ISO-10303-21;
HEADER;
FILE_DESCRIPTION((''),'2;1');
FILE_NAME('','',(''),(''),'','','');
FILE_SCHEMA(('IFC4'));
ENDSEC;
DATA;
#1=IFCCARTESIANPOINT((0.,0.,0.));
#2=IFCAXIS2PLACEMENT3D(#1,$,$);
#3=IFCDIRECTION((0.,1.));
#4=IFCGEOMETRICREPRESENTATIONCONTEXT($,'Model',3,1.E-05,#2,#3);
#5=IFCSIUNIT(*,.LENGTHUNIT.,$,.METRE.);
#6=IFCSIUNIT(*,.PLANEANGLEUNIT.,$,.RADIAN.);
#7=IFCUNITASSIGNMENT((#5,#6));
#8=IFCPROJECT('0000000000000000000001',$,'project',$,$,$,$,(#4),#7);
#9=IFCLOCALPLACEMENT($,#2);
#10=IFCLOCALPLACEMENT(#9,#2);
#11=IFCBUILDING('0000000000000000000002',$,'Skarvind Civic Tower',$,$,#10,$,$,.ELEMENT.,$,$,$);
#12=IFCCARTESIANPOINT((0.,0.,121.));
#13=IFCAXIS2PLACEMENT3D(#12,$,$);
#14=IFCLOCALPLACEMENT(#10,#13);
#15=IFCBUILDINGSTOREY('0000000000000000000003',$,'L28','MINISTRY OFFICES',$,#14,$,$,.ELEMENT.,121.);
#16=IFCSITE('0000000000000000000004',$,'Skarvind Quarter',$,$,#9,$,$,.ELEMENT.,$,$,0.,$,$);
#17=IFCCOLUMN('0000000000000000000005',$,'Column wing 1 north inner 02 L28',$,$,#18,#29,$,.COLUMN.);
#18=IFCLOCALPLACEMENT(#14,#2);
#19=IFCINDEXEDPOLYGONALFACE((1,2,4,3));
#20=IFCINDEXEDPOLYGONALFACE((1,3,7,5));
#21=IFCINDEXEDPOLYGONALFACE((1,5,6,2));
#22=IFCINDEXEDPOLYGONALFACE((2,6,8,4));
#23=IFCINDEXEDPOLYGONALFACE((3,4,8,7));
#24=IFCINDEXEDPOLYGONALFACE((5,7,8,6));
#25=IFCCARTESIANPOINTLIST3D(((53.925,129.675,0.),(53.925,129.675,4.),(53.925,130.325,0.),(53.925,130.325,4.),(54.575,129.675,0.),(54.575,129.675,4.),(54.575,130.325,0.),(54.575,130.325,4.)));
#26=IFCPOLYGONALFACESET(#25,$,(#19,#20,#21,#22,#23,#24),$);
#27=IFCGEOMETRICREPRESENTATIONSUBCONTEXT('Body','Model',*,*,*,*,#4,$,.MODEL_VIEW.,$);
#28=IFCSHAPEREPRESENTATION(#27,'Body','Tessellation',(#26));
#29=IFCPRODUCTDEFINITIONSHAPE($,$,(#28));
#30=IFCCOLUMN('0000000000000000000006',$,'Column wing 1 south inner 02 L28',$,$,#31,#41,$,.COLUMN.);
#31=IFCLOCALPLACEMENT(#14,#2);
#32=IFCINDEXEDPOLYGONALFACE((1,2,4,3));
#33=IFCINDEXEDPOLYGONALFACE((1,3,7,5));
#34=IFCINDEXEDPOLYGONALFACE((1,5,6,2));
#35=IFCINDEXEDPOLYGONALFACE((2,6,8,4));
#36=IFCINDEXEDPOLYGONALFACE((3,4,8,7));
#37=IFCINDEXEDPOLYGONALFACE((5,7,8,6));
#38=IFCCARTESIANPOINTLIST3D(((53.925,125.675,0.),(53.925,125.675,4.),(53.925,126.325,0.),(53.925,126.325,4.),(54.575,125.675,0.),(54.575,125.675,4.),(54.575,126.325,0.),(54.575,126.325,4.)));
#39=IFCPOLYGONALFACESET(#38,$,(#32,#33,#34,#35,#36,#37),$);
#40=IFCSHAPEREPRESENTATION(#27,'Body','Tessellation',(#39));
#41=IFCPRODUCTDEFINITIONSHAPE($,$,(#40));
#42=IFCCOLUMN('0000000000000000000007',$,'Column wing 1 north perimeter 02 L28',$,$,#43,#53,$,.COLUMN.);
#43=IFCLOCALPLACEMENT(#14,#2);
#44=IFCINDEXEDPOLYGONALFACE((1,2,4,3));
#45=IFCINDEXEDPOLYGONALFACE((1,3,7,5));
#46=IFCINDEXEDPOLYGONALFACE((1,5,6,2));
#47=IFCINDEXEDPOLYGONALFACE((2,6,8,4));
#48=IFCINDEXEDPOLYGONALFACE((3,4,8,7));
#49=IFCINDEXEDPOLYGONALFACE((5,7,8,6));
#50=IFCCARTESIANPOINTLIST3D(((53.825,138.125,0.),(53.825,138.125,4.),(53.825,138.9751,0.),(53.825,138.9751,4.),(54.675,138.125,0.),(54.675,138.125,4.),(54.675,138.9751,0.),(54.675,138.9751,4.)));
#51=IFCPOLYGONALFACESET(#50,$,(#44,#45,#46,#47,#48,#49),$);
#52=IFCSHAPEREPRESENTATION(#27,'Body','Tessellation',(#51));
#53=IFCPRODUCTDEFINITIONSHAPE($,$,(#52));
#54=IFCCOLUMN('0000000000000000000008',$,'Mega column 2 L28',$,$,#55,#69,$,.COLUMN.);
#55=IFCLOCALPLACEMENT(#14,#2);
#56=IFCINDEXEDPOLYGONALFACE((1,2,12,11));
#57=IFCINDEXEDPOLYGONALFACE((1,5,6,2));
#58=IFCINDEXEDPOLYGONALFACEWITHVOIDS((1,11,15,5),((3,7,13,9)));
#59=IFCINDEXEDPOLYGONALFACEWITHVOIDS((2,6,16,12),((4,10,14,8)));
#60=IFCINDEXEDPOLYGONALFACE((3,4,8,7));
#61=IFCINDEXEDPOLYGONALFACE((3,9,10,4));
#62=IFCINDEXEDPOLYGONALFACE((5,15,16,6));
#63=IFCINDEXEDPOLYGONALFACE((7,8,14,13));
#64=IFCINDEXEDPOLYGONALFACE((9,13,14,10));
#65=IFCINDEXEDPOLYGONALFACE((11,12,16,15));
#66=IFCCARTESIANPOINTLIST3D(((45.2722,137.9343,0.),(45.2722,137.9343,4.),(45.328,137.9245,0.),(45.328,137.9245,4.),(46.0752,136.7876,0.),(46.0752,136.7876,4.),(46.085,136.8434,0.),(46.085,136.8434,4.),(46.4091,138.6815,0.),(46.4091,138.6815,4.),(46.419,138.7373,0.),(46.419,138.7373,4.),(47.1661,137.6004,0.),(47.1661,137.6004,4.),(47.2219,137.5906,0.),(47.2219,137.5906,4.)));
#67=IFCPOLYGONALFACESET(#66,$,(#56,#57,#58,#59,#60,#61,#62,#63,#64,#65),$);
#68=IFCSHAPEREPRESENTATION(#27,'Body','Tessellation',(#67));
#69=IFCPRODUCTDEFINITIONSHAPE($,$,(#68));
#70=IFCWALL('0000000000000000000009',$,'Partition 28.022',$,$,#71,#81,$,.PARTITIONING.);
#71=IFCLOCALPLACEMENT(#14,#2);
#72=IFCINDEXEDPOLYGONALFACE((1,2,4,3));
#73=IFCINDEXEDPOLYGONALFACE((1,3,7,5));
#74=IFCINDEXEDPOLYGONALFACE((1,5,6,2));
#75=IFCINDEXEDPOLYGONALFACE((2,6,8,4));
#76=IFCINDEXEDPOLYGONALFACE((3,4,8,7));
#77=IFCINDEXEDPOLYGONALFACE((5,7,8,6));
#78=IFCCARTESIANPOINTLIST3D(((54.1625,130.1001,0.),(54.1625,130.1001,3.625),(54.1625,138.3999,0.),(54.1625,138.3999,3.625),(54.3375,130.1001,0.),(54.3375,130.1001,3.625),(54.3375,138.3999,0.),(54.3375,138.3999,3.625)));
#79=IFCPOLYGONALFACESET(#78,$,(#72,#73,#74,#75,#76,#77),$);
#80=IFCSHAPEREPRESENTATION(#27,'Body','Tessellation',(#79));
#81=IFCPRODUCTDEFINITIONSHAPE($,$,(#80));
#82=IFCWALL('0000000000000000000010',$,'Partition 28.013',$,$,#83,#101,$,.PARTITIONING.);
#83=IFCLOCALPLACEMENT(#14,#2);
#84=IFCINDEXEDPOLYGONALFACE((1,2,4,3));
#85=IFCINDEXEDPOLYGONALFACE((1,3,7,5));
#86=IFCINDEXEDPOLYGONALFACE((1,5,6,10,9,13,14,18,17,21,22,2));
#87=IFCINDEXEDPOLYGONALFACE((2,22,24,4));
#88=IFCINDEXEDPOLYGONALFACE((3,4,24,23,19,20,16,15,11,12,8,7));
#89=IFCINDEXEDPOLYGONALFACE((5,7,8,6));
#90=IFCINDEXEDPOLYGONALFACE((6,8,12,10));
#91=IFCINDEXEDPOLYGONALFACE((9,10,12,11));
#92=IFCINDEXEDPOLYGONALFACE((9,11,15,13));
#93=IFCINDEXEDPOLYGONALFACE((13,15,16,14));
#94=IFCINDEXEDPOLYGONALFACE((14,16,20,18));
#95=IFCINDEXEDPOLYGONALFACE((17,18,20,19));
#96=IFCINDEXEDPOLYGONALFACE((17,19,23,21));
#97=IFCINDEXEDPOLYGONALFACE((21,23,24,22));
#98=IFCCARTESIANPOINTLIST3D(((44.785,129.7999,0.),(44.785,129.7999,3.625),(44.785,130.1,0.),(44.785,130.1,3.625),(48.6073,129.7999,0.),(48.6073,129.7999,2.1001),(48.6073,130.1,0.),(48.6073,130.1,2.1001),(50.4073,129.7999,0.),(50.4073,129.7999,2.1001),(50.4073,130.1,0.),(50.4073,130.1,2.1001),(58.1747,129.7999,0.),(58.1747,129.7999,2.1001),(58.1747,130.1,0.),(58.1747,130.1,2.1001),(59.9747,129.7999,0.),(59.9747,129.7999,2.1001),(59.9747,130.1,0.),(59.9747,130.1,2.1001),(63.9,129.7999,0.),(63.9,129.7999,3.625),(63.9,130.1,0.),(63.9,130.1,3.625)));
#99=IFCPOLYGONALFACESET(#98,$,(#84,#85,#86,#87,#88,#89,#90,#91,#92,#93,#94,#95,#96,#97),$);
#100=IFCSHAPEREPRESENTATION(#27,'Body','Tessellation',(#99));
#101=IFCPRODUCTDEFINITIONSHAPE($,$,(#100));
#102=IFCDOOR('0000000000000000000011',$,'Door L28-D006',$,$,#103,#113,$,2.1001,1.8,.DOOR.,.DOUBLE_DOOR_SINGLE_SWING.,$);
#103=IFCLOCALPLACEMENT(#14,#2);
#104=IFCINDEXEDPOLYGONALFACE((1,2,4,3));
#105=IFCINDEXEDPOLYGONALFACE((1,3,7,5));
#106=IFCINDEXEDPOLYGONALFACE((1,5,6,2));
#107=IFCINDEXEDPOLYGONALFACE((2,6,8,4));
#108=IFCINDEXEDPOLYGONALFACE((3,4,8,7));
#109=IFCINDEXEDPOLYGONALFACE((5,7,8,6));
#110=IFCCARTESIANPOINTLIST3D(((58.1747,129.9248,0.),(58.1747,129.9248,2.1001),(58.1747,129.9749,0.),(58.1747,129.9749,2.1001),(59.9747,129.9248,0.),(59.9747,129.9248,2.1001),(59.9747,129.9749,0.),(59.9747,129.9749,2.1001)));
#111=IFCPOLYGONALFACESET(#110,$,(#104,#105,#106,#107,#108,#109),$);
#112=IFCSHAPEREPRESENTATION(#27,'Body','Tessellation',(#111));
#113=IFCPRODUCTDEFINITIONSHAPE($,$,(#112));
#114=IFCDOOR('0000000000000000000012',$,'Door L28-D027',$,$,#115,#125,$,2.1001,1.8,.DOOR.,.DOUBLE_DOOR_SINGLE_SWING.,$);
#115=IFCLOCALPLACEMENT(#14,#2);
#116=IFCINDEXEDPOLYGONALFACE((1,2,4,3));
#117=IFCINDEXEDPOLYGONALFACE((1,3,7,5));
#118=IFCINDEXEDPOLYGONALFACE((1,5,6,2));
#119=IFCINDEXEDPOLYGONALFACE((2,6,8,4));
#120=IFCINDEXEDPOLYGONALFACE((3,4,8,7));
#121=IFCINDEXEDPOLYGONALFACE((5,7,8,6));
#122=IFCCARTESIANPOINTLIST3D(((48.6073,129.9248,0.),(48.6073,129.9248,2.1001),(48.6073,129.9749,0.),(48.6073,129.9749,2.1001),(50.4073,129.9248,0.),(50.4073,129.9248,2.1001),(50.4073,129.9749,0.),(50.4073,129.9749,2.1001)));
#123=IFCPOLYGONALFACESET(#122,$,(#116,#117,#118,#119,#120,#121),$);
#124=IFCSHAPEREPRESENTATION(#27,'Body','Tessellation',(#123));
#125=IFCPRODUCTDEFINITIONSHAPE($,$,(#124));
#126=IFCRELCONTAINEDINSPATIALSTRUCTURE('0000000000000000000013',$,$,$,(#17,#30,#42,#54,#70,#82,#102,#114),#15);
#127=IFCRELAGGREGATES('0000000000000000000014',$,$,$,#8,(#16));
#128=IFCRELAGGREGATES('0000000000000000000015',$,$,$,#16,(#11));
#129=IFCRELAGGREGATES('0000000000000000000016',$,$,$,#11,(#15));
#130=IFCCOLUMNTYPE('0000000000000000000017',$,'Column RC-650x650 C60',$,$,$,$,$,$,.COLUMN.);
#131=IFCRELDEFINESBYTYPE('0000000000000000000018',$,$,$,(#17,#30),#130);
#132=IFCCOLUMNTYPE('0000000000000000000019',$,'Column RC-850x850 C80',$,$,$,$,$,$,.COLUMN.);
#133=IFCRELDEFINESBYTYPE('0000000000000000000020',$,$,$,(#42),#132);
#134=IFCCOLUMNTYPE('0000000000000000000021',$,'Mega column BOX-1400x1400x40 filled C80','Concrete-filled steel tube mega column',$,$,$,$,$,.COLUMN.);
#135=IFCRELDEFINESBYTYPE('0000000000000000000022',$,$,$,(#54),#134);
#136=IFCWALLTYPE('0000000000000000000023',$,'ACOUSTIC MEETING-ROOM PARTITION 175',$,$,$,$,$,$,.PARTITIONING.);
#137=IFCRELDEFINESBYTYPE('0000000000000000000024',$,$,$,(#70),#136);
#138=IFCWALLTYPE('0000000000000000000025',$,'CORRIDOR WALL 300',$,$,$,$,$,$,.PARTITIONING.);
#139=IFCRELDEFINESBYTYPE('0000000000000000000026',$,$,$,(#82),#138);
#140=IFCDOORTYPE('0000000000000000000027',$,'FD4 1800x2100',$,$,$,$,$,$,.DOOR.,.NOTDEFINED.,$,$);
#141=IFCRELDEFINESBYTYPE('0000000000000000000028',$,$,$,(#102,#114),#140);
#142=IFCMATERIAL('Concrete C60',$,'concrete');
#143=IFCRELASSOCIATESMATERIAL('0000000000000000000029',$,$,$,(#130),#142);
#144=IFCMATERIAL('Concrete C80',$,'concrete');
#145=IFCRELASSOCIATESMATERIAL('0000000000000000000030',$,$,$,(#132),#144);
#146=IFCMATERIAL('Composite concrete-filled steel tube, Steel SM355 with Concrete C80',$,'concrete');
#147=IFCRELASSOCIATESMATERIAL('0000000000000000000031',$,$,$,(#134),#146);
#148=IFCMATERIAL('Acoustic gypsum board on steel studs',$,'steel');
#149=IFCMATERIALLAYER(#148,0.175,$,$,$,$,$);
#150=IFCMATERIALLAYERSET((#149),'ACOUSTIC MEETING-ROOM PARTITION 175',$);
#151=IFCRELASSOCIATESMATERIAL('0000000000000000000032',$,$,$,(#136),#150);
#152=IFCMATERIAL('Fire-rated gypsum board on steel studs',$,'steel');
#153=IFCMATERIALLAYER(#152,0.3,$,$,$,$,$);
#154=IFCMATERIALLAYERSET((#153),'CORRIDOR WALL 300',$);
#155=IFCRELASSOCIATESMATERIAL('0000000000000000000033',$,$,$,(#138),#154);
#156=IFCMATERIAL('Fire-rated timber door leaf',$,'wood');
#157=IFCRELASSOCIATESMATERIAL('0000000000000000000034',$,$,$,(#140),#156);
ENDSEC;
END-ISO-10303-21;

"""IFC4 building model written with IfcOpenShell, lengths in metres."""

from ifc_helpers import new_model, si_unit, direction, frame, frame_2d, origin, origin_2d, place, context, subcontext, project, spatial, rectangle, hollow_rectangle, extrude, material, layer, layer_set, material_profile, profile_set, type_object, element, fill, save


model = new_model("IFC4")

# Units and contexts
model_context = context("Model", 3, precision=1e-05, world=origin(), true_north=direction((0.0, 1.0)))
body_context = subcontext(model_context, "Body", "Model", "MODEL_VIEW")
ifc_project = project(units=[si_unit("LENGTHUNIT", "METRE"), si_unit("PLANEANGLEUNIT", "RADIAN")], contexts=[model_context])

# Site, building, storey
site_placement = place(None, origin())
site = spatial("IfcSite", under=ifc_project, at=site_placement, Name="Skarvind Quarter", CompositionType="ELEMENT", RefElevation=0.0)
building_placement = place(site_placement, origin())
building = spatial("IfcBuilding", under=site, at=building_placement, Name="Skarvind Civic Tower", CompositionType="ELEMENT")
storey_placement = place(building_placement, frame((0.0, 0.0, 121.0)))
storey = spatial("IfcBuildingStorey", under=building, at=storey_placement, Name="L28", Description="MINISTRY OFFICES", CompositionType="ELEMENT", Elevation=121.0)

# Columns
ifc_material_1 = material(Name="Concrete C60", Category="concrete")
ifc_material_profile_1 = material_profile(ifc_material_1, rectangle(XDim=0.6499, YDim=0.6499, at=origin_2d()), Name="RC-650x650")
ifc_profile_set_1 = profile_set([ifc_material_profile_1], Name="Concrete C60")
column_type_1 = type_object("IfcColumnType", Name="Column RC-650x650 C60", PredefinedType="COLUMN", material=ifc_profile_set_1)
for number, where, z_axis, x_axis, name in (
    (1, (54.25, 130.0, 0.0), (0.0, 0.0, 1.0), (1.0, 0.0, 0.0), "Column wing 1 north inner 02 L28"),
    (2, (54.25, 126.0, 0.0), (0.0, 0.0, 1.0), (1.0, 0.0, 0.0), "Column wing 1 south inner 02 L28"),
):
    element("IfcColumn", number, at=place(storey_placement, frame(where, z_axis=z_axis, x_axis=x_axis)), inside=storey, type_object=column_type_1, Name=name, PredefinedType="COLUMN", context=body_context, shape_type="SweptSolid", body=[
        extrude(rectangle(XDim=0.6499, YDim=0.6499, at=origin_2d()), origin(), (0.0, 0.0, 1.0), 4.0),
    ])
ifc_material_2 = material(Name="Concrete C80", Category="concrete")
ifc_material_profile_2 = material_profile(ifc_material_2, rectangle(XDim=0.8501, YDim=0.8501, at=origin_2d()), Name="RC-850x850")
ifc_profile_set_2 = profile_set([ifc_material_profile_2], Name="Concrete C80")
column_type_2 = type_object("IfcColumnType", Name="Column RC-850x850 C80", PredefinedType="COLUMN", material=ifc_profile_set_2)
column_1_placement = place(storey_placement, frame((54.25, 138.55, 0.0), z_axis=(0.0, 0.0, 1.0), x_axis=(1.0, 0.0, 0.0)))
element("IfcColumn", 3, at=column_1_placement, inside=storey, type_object=column_type_2, Name="Column wing 1 north perimeter 02 L28", PredefinedType="COLUMN", context=body_context, shape_type="SweptSolid", body=[
    extrude(rectangle(XDim=0.8501, YDim=0.8501, at=origin_2d()), origin(), (0.0, 0.0, 1.0), 4.0),
])
ifc_material_3 = material(Name="Composite concrete-filled steel tube, Steel SM355 with Concrete C80", Category="concrete")
ifc_material_profile_3 = material_profile(ifc_material_3, hollow_rectangle(XDim=1.3999, YDim=1.3999, WallThickness=0.04, at=origin_2d()), Name="BOX-1400x1400x40")
ifc_profile_set_3 = profile_set([ifc_material_profile_3], Name="Composite concrete-filled steel tube, Steel SM355 with Concrete C80")
column_type_3 = type_object("IfcColumnType", Name="Mega column BOX-1400x1400x40 filled C80", Description="Concrete-filled steel tube mega column", PredefinedType="COLUMN", material=ifc_profile_set_3)
column_2_placement = place(storey_placement, frame((46.2471, 137.7625, 0.0), z_axis=(0.0, 0.0, 1.0), x_axis=(0.573576, -0.819152, 0.0)))
element("IfcColumn", 4, at=column_2_placement, inside=storey, type_object=column_type_3, Name="Mega column 2 L28", PredefinedType="COLUMN", context=body_context, shape_type="SweptSolid", body=[
    extrude(hollow_rectangle(XDim=1.3999, YDim=1.3999, WallThickness=0.04, at=origin_2d()), origin(), (0.0, 0.0, 1.0), 4.0),
])

# Wall
ifc_material_4 = material(Name="Acoustic gypsum board on steel studs", Category="steel")
ifc_layer_1 = layer(ifc_material_4, 0.175)
ifc_layer_set_1 = layer_set([ifc_layer_1], Name="ACOUSTIC MEETING-ROOM PARTITION 175")
wall_type_1 = type_object("IfcWallType", Name="ACOUSTIC MEETING-ROOM PARTITION 175", PredefinedType="PARTITIONING", material=ifc_layer_set_1)
wall_1_placement = place(storey_placement, frame((54.25, 138.3999, 0.0), z_axis=(0.0, 0.0, 1.0), x_axis=(0.0, -1.0, 0.0)))
element("IfcWall", 5, at=wall_1_placement, inside=storey, type_object=wall_type_1, Name="Partition 28.022", PredefinedType="PARTITIONING", context=body_context, shape_type="SweptSolid", body=[
    extrude(rectangle(XDim=8.2998, YDim=0.175, at=frame_2d((4.1499, 0.0))), origin(), (0.0, 0.0, 1.0), 3.625),
])

# Wall, openings, doors
ifc_material_5 = material(Name="Fire-rated gypsum board on steel studs", Category="steel")
ifc_layer_2 = layer(ifc_material_5, 0.3)
ifc_layer_set_2 = layer_set([ifc_layer_2], Name="CORRIDOR WALL 300")
wall_type_2 = type_object("IfcWallType", Name="CORRIDOR WALL 300", PredefinedType="PARTITIONING", material=ifc_layer_set_2)
wall_2_placement = place(storey_placement, frame((44.7849, 129.95, 0.0), z_axis=(0.0, 0.0, 1.0), x_axis=(1.0, 0.0, 0.0)))
wall_2 = element("IfcWall", 6, at=wall_2_placement, inside=storey, type_object=wall_type_2, Name="Partition 28.013", PredefinedType="PARTITIONING", context=body_context, shape_type="SweptSolid", body=[
    extrude(rectangle(XDim=19.115, YDim=0.3, at=frame_2d((9.5576, 0.0))), origin(), (0.0, 0.0, 1.0), 3.625),
])
opening_1_placement = place(wall_2_placement, frame((13.3899, 0.0, 0.0)))
opening_1 = element("IfcOpeningElement", 7, at=opening_1_placement, cuts=wall_2, PredefinedType="OPENING", context=body_context, shape_type="SweptSolid", body=[
    extrude(rectangle(XDim=1.8, YDim=2.1001, at=frame_2d((0.8999, 1.05))), frame((0.0, 0.1599, 0.0), z_axis=(0.0, -1.0, 0.0), x_axis=(1.0, 0.0, 0.0)), (0.0, 0.0, 1.0), 0.3201),
])
opening_2_placement = place(wall_2_placement, frame((3.8225, 0.0, 0.0)))
opening_2 = element("IfcOpeningElement", 8, at=opening_2_placement, cuts=wall_2, PredefinedType="OPENING", context=body_context, shape_type="SweptSolid", body=[
    extrude(rectangle(XDim=1.8, YDim=2.1001, at=frame_2d((0.8999, 1.05))), frame((0.0, 0.1599, 0.0), z_axis=(0.0, -1.0, 0.0), x_axis=(1.0, 0.0, 0.0)), (0.0, 0.0, 1.0), 0.3201),
])
ifc_material_6 = material(Name="Fire-rated timber door leaf", Category="wood")
door_type = type_object("IfcDoorType", Name="FD4 1800x2100", OperationType="NOTDEFINED", PredefinedType="DOOR", material=ifc_material_6)
door_1_placement = place(opening_1_placement, origin())
door_1 = element("IfcDoor", 9, at=door_1_placement, inside=storey, type_object=door_type, Name="Door L28-D006", OperationType="DOUBLE_DOOR_SINGLE_SWING", OverallHeight=2.1001, OverallWidth=1.8, PredefinedType="DOOR", context=body_context, shape_type="SweptSolid", body=[
    extrude(rectangle(XDim=1.8, YDim=2.1001, at=frame_2d((0.8999, 1.05))), frame((0.0, 0.0249, 0.0), z_axis=(0.0, -1.0, 0.0), x_axis=(1.0, 0.0, 0.0)), (0.0, 0.0, 1.0), 0.05),
])
fill(opening_1, door_1)
door_2_placement = place(opening_2_placement, origin())
door_2 = element("IfcDoor", 10, at=door_2_placement, inside=storey, type_object=door_type, Name="Door L28-D027", OperationType="DOUBLE_DOOR_SINGLE_SWING", OverallHeight=2.1001, OverallWidth=1.8, PredefinedType="DOOR", context=body_context, shape_type="SweptSolid", body=[
    extrude(rectangle(XDim=1.8, YDim=2.1001, at=frame_2d((0.8999, 1.05))), frame((0.0, 0.0249, 0.0), z_axis=(0.0, -1.0, 0.0), x_axis=(1.0, 0.0, 0.0)), (0.0, 0.0, 1.0), 0.05),
])
fill(opening_2, door_2)

save(model, "model.ifc")
